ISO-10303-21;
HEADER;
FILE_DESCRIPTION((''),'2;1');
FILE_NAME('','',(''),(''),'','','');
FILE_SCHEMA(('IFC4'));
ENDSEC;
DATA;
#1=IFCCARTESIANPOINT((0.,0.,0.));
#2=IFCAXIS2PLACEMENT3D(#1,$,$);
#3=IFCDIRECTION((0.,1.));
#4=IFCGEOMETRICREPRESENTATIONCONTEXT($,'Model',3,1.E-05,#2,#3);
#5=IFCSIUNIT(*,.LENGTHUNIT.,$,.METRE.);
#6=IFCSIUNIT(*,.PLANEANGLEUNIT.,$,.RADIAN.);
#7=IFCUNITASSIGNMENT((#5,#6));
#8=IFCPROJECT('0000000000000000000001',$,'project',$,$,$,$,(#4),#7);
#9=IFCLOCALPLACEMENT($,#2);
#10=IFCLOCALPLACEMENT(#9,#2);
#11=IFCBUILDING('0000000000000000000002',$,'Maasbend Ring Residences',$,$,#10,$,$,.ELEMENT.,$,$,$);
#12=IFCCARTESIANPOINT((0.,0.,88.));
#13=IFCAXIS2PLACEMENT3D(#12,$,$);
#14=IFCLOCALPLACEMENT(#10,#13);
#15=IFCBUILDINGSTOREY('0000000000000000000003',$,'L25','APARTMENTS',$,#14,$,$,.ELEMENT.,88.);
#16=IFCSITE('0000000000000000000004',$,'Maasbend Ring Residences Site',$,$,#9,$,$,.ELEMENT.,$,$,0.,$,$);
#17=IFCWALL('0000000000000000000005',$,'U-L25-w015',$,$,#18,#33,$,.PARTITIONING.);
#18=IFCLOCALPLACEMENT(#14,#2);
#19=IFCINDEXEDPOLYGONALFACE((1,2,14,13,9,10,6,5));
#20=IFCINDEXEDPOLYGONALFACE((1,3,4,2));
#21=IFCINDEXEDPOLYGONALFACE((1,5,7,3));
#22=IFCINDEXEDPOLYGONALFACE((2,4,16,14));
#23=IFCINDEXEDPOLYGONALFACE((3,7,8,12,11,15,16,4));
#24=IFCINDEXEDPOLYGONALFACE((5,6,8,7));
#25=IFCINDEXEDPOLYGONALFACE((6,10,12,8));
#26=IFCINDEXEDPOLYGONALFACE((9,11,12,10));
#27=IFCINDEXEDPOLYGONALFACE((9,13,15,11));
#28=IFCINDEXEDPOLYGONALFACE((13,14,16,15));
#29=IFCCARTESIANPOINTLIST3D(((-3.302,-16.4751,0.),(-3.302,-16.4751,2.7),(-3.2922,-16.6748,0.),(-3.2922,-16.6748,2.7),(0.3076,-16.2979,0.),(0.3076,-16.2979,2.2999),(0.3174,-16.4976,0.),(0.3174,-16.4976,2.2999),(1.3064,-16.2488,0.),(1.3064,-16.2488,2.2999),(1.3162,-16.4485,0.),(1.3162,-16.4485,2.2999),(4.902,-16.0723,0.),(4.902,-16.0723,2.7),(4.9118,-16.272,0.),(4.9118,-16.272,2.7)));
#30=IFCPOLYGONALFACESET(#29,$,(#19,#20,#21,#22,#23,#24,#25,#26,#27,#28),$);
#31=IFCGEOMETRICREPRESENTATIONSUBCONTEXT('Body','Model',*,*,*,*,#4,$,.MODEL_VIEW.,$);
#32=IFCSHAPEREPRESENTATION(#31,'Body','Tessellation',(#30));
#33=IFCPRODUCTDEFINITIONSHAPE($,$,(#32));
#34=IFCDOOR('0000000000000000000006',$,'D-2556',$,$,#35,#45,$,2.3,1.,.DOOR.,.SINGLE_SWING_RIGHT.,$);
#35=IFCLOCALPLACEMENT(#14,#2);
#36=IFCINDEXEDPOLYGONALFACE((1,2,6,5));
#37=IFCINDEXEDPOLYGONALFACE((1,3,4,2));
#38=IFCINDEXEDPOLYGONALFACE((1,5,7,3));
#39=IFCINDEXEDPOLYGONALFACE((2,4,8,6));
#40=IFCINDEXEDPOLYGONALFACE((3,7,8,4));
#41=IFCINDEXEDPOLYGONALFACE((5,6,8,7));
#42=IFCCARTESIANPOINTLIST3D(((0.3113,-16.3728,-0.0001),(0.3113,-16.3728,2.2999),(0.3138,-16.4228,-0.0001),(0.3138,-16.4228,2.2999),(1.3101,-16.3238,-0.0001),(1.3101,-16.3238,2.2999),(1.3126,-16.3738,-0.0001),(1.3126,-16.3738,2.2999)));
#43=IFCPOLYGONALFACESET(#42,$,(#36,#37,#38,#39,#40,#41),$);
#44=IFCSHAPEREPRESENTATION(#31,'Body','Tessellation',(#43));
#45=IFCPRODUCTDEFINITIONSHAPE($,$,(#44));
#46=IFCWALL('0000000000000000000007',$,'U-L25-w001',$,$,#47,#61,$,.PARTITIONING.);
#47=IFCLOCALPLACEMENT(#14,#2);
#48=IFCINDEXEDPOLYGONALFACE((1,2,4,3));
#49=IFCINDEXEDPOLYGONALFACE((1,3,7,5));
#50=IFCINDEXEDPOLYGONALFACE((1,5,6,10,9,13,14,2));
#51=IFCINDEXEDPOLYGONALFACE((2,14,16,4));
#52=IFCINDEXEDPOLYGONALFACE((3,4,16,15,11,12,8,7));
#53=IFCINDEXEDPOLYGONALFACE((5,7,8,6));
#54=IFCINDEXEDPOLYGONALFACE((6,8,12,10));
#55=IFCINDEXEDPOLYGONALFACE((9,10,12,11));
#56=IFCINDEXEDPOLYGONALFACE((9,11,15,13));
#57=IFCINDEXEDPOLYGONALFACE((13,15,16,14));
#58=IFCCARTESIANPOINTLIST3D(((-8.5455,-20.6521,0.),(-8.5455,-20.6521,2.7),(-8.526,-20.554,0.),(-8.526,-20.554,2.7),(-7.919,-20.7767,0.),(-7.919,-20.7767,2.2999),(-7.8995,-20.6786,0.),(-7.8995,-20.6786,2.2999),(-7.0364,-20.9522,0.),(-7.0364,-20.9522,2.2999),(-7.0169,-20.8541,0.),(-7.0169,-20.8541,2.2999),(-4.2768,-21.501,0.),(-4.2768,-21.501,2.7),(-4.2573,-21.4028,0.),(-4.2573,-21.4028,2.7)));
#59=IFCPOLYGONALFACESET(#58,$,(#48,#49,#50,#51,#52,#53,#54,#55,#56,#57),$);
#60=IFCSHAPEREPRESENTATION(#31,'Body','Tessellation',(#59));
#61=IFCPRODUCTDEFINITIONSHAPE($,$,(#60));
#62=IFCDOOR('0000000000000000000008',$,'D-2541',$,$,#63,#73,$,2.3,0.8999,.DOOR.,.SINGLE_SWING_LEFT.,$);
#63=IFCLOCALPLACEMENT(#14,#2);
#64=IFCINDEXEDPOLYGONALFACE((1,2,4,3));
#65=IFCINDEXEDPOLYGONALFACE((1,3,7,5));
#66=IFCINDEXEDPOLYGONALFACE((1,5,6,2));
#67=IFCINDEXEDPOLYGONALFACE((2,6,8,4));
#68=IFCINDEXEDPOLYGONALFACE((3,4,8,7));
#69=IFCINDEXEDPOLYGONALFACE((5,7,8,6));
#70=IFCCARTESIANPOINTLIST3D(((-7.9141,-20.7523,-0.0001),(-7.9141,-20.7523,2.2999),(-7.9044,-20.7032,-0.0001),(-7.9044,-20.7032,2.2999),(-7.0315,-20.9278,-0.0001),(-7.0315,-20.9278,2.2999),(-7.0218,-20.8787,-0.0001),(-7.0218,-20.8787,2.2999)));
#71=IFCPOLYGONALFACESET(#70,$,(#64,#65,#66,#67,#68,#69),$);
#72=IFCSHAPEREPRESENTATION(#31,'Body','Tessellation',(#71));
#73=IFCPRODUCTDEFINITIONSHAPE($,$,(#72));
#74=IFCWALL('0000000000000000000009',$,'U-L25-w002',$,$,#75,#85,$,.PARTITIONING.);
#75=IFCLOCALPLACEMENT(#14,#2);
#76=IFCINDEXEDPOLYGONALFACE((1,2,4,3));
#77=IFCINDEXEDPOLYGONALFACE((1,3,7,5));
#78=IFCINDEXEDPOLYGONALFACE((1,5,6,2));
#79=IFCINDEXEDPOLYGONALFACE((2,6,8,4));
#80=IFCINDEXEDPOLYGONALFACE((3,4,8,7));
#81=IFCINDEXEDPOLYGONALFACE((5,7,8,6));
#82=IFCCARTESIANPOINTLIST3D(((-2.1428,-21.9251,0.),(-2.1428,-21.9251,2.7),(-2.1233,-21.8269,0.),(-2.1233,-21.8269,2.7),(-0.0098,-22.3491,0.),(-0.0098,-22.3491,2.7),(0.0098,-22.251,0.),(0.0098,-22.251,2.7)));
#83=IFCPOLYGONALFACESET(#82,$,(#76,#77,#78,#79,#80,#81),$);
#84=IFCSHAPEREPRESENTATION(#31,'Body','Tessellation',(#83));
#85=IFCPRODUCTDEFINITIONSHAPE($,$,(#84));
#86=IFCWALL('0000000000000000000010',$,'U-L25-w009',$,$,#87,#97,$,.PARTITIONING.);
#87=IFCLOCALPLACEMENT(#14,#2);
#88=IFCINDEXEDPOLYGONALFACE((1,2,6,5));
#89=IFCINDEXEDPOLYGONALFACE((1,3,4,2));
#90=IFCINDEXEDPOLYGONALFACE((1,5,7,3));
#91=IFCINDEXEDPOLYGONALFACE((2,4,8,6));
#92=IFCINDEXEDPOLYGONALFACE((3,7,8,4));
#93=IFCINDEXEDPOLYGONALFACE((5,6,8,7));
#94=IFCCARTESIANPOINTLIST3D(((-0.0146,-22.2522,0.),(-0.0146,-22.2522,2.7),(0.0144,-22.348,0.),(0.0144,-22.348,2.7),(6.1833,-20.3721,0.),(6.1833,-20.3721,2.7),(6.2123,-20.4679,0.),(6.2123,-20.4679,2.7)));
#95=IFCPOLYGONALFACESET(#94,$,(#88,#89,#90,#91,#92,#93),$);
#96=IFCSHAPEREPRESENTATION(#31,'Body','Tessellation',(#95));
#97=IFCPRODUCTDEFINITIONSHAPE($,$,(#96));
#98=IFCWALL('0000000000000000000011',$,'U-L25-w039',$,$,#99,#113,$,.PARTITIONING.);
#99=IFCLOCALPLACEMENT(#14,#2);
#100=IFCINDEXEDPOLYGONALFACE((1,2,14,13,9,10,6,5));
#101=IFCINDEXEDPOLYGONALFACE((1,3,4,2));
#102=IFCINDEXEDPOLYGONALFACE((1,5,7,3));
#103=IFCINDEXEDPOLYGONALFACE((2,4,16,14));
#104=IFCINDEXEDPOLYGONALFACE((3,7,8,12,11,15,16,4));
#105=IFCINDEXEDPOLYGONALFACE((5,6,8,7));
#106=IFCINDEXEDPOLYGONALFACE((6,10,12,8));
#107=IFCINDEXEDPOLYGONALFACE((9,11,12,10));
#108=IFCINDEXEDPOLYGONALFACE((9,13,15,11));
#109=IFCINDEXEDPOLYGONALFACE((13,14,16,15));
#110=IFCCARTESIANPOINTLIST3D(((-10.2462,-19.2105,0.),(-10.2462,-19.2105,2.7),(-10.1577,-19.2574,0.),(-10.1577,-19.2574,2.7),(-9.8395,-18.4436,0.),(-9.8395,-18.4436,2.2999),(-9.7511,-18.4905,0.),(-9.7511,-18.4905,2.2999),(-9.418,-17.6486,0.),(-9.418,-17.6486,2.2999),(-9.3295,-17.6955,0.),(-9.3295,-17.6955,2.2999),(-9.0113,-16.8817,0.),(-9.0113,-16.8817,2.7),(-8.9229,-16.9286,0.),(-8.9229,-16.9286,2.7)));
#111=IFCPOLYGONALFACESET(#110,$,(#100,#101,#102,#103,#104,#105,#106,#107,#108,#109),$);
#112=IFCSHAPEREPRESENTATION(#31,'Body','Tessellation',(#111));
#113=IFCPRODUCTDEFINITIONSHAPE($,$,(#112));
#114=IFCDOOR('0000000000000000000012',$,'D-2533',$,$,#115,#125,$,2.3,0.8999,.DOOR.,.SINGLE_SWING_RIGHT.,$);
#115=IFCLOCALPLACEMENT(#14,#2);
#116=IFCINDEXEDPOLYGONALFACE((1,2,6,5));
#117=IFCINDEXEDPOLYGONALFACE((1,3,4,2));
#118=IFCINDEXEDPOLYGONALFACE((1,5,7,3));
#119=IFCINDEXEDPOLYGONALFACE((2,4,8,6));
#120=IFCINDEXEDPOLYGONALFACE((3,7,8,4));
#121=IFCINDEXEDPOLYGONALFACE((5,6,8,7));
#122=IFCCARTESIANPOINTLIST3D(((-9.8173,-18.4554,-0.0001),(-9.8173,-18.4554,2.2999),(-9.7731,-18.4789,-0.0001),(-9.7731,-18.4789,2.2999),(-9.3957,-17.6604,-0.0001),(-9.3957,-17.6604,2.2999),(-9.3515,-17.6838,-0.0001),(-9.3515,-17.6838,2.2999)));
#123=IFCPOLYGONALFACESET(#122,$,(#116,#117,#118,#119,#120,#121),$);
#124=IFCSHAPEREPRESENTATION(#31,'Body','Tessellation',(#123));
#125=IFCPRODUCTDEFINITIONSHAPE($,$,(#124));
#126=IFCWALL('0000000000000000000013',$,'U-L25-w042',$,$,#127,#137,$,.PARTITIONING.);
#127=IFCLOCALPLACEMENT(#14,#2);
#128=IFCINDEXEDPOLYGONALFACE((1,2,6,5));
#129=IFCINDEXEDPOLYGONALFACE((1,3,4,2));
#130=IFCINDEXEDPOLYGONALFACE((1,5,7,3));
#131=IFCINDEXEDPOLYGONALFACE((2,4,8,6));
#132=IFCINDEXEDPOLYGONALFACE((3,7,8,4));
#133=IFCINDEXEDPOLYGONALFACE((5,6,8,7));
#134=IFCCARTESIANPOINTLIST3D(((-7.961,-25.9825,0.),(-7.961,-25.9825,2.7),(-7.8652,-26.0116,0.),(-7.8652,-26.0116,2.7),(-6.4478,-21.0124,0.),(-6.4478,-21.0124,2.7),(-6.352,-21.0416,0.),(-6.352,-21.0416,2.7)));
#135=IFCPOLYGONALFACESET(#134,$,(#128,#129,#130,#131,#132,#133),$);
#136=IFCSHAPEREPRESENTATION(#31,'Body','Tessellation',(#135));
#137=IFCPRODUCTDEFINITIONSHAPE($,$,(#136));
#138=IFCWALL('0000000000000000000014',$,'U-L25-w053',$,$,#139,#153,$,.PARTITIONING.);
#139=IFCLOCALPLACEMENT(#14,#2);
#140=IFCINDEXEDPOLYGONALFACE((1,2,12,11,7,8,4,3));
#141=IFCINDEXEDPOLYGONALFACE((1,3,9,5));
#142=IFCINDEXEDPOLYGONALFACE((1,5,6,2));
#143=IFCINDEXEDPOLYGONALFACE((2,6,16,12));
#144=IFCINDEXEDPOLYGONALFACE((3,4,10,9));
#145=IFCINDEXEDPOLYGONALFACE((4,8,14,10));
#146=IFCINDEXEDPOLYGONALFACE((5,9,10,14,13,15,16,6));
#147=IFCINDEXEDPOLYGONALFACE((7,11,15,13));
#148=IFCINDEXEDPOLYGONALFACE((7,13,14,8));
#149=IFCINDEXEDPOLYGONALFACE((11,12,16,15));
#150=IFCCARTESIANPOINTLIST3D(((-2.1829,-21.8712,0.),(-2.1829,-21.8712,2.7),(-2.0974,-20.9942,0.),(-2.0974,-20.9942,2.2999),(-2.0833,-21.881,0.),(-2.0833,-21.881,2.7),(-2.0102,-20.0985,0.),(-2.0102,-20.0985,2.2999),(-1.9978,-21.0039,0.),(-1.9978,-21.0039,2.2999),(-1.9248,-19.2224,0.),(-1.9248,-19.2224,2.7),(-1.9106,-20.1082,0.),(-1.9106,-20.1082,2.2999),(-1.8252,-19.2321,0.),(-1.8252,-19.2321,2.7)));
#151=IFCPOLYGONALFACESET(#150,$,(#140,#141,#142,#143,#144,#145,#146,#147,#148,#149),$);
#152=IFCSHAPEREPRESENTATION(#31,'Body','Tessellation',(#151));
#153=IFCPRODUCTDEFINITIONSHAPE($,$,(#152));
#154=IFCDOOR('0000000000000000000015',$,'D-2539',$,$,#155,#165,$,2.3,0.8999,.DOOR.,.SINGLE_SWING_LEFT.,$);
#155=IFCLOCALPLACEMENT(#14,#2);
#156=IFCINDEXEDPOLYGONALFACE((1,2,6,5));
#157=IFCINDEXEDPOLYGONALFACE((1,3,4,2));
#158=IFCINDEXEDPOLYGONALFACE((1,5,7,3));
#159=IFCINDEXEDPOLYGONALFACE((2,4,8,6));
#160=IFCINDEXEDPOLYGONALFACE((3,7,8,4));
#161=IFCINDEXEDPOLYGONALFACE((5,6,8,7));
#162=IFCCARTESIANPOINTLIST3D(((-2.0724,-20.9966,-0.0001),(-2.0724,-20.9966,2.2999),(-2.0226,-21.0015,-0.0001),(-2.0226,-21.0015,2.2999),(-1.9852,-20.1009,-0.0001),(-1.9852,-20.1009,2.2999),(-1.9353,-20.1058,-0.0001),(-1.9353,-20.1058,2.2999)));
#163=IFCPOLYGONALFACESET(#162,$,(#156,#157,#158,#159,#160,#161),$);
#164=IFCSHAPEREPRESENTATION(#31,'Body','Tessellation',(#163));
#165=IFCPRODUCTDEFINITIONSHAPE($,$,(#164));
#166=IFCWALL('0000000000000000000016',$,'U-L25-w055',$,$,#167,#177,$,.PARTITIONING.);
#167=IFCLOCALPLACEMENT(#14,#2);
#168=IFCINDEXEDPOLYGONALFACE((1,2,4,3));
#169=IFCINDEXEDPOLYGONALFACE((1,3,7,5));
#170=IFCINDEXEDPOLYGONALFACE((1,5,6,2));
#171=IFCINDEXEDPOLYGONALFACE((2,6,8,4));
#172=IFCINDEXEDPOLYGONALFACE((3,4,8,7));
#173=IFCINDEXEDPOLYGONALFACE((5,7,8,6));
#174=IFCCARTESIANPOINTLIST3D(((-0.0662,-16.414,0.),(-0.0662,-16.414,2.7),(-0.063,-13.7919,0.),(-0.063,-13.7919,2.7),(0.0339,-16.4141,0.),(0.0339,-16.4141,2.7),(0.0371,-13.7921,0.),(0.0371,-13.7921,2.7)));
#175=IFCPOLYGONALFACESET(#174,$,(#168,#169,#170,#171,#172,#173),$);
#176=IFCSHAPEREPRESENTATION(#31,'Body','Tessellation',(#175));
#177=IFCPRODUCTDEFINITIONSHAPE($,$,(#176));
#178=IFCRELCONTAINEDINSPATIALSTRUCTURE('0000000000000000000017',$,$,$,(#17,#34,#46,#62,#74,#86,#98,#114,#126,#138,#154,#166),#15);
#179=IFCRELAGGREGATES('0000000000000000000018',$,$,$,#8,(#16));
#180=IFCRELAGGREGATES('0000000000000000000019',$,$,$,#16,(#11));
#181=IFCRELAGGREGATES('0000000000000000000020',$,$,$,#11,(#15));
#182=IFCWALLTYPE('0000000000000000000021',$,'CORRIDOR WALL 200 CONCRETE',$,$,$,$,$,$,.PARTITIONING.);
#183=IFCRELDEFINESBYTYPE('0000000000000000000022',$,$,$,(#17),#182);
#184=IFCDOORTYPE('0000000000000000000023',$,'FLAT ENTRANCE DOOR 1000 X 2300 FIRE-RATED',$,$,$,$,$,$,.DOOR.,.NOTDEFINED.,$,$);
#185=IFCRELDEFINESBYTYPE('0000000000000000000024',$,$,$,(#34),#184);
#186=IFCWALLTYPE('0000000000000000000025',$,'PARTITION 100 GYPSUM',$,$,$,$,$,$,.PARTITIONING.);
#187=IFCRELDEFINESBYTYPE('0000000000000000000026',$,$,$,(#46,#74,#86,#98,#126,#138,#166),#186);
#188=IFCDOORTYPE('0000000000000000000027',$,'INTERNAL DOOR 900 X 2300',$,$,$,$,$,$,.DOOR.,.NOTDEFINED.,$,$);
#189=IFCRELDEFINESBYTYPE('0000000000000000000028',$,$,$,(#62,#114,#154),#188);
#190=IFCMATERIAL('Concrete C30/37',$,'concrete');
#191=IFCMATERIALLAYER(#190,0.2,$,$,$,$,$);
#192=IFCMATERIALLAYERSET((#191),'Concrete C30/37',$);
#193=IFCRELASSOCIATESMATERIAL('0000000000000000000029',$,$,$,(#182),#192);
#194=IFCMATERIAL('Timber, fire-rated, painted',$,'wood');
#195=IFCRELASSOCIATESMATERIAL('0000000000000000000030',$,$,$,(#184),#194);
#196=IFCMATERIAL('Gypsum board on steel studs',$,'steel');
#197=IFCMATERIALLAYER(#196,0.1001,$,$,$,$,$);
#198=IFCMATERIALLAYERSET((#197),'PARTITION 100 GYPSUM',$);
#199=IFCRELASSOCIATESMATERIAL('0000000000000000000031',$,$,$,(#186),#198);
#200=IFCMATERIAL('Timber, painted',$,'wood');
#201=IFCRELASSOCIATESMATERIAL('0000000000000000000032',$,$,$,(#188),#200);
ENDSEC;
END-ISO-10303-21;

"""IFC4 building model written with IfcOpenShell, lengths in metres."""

from ifc_helpers import new_model, si_unit, direction, frame, frame_2d, origin, place, context, subcontext, project, spatial, rectangle, extrude, material, layer, layer_set, type_object, element, fill, save


model = new_model("IFC4")

# Units and contexts
model_context = context("Model", 3, precision=1e-05, world=origin(), true_north=direction((0.0, 1.0)))
body_context = subcontext(model_context, "Body", "Model", "MODEL_VIEW")
ifc_project = project(units=[si_unit("LENGTHUNIT", "METRE"), si_unit("PLANEANGLEUNIT", "RADIAN")], contexts=[model_context])

# Site, building, storey
site_placement = place(None, origin())
site = spatial("IfcSite", under=ifc_project, at=site_placement, Name="Maasbend Ring Residences Site", CompositionType="ELEMENT", RefElevation=0.0)
building_placement = place(site_placement, origin())
building = spatial("IfcBuilding", under=site, at=building_placement, Name="Maasbend Ring Residences", CompositionType="ELEMENT")
storey_placement = place(building_placement, frame((0.0, 0.0, 88.0)))
storey = spatial("IfcBuildingStorey", under=building, at=storey_placement, Name="L25", Description="APARTMENTS", CompositionType="ELEMENT", Elevation=88.0)

# Walls, openings, doors
ifc_material_1 = material(Name="Concrete C30/37", Category="concrete")
ifc_layer_1 = layer(ifc_material_1, 0.2)
ifc_layer_set_1 = layer_set([ifc_layer_1], Name="Concrete C30/37")
wall_type_1 = type_object("IfcWallType", Name="CORRIDOR WALL 200 CONCRETE", PredefinedType="PARTITIONING", material=ifc_layer_set_1)
ifc_material_2 = material(Name="Timber, fire-rated, painted", Category="wood")
door_type_1 = type_object("IfcDoorType", Name="FLAT ENTRANCE DOOR 1000 X 2300 FIRE-RATED", OperationType="NOTDEFINED", PredefinedType="DOOR", material=ifc_material_2)
wall_1_placement = place(storey_placement, frame((-3.2971, -16.575, 0.0), z_axis=(0.0, 0.0, 1.0), x_axis=(0.998797, 0.049042, 0.0)))
wall_1 = element("IfcWall", 1, at=wall_1_placement, inside=storey, type_object=wall_type_1, Name="U-L25-w015", PredefinedType="PARTITIONING", context=body_context, shape_type="SweptSolid", body=[
    extrude(rectangle(XDim=8.2139, YDim=0.2, at=frame_2d((4.1069, 0.0))), origin(), (0.0, 0.0, 1.0), 2.7),
])
opening_1_placement = place(wall_1_placement, frame((3.614, 0.0, 0.0)))
opening_1 = element("IfcOpeningElement", 2, at=opening_1_placement, cuts=wall_1, PredefinedType="OPENING", context=body_context, shape_type="SweptSolid", body=[
    extrude(rectangle(XDim=1.0, YDim=2.3, at=frame_2d((0.5, 1.1499))), frame((0.0, 0.1099, 0.0), z_axis=(0.0, -1.0, 0.0), x_axis=(1.0, 0.0, 0.0)), (0.0, 0.0, 1.0), 0.22),
])
door_1_placement = place(opening_1_placement, origin())
door_1 = element("IfcDoor", 3, at=door_1_placement, inside=storey, type_object=door_type_1, Name="D-2556", OperationType="SINGLE_SWING_RIGHT", OverallHeight=2.3, OverallWidth=1.0, PredefinedType="DOOR", context=body_context, shape_type="SweptSolid", body=[
    extrude(rectangle(XDim=1.0, YDim=2.3, at=frame_2d((0.5, 1.1499))), frame((0.0, 0.0249, 0.0), z_axis=(0.0, -1.0, 0.0), x_axis=(1.0, 0.0, 0.0)), (0.0, 0.0, 1.0), 0.05),
])
fill(opening_1, door_1)
ifc_material_3 = material(Name="Gypsum board on steel studs", Category="steel")
ifc_layer_2 = layer(ifc_material_3, 0.1001)
ifc_layer_set_2 = layer_set([ifc_layer_2], Name="PARTITION 100 GYPSUM")
wall_type_2 = type_object("IfcWallType", Name="PARTITION 100 GYPSUM", PredefinedType="PARTITIONING", material=ifc_layer_set_2)
wall_2_placement = place(storey_placement, frame((-8.5359, -20.603, 0.0), z_axis=(0.0, 0.0, 1.0), x_axis=(0.980796, -0.195037, 0.0)))
wall_2 = element("IfcWall", 4, at=wall_2_placement, inside=storey, type_object=wall_type_2, Name="U-L25-w001", PredefinedType="PARTITIONING", context=body_context, shape_type="SweptSolid", body=[
    extrude(rectangle(XDim=4.3523, YDim=0.1001, at=frame_2d((2.1763, 0.0))), origin(), (0.0, 0.0, 1.0), 2.7),
])
opening_2_placement = place(wall_2_placement, frame((0.6389, 0.0, 0.0)))
opening_2 = element("IfcOpeningElement", 5, at=opening_2_placement, cuts=wall_2, PredefinedType="OPENING", context=body_context, shape_type="SweptSolid", body=[
    extrude(rectangle(XDim=0.8999, YDim=2.3, at=frame_2d((0.45, 1.1499))), frame((0.0, 0.0601, 0.0), z_axis=(0.0, -1.0, 0.0), x_axis=(1.0, 0.0, 0.0)), (0.0, 0.0, 1.0), 0.1201),
])
ifc_material_4 = material(Name="Timber, painted", Category="wood")
door_type_2 = type_object("IfcDoorType", Name="INTERNAL DOOR 900 X 2300", OperationType="NOTDEFINED", PredefinedType="DOOR", material=ifc_material_4)
door_2_placement = place(opening_2_placement, origin())
door_2 = element("IfcDoor", 6, at=door_2_placement, inside=storey, type_object=door_type_2, Name="D-2541", OperationType="SINGLE_SWING_LEFT", OverallHeight=2.3, OverallWidth=0.8999, PredefinedType="DOOR", context=body_context, shape_type="SweptSolid", body=[
    extrude(rectangle(XDim=0.8999, YDim=2.3, at=frame_2d((0.45, 1.1499))), frame((0.0, 0.0249, 0.0), z_axis=(0.0, -1.0, 0.0), x_axis=(1.0, 0.0, 0.0)), (0.0, 0.0, 1.0), 0.05),
])
fill(opening_2, door_2)

# Walls
wall_3_placement = place(storey_placement, frame((-2.1331, -21.876, 0.0), z_axis=(0.0, 0.0, 1.0), x_axis=(0.980805, -0.194993, 0.0)))
element("IfcWall", 7, at=wall_3_placement, inside=storey, type_object=wall_type_2, Name="U-L25-w002", PredefinedType="PARTITIONING", context=body_context, shape_type="SweptSolid", body=[
    extrude(rectangle(XDim=2.1748, YDim=0.1001, at=frame_2d((1.0874, 0.0))), origin(), (0.0, 0.0, 1.0), 2.7),
])
wall_4_placement = place(storey_placement, frame((0.0, -22.3, 0.0), z_axis=(0.0, 0.0, 1.0), x_axis=(0.956941, 0.290283, 0.0)))
element("IfcWall", 8, at=wall_4_placement, inside=storey, type_object=wall_type_2, Name="U-L25-w009", PredefinedType="PARTITIONING", context=body_context, shape_type="SweptSolid", body=[
    extrude(rectangle(XDim=6.4768, YDim=0.1001, at=frame_2d((3.2383, 0.0))), origin(), (0.0, 0.0, 1.0), 2.7),
])

# Wall, opening, door
wall_5_placement = place(storey_placement, frame((-10.2019, -19.2339, 0.0), z_axis=(0.0, 0.0, 1.0), x_axis=(0.468462, 0.883484, 0.0)))
wall_5 = element("IfcWall", 9, at=wall_5_placement, inside=storey, type_object=wall_type_2, Name="U-L25-w039", PredefinedType="PARTITIONING", context=body_context, shape_type="SweptSolid", body=[
    extrude(rectangle(XDim=2.636, YDim=0.1001, at=frame_2d((1.3179, 0.0))), origin(), (0.0, 0.0, 1.0), 2.7),
])
opening_3_placement = place(wall_5_placement, frame((0.8679, 0.0, 0.0)))
opening_3 = element("IfcOpeningElement", 10, at=opening_3_placement, cuts=wall_5, PredefinedType="OPENING", context=body_context, shape_type="SweptSolid", body=[
    extrude(rectangle(XDim=0.8999, YDim=2.3, at=frame_2d((0.45, 1.1499))), frame((0.0, 0.0601, 0.0), z_axis=(0.0, -1.0, 0.0), x_axis=(1.0, 0.0, 0.0)), (0.0, 0.0, 1.0), 0.1201),
])
door_3_placement = place(opening_3_placement, origin())
door_3 = element("IfcDoor", 11, at=door_3_placement, inside=storey, type_object=door_type_2, Name="D-2533", OperationType="SINGLE_SWING_RIGHT", OverallHeight=2.3, OverallWidth=0.8999, PredefinedType="DOOR", context=body_context, shape_type="SweptSolid", body=[
    extrude(rectangle(XDim=0.8999, YDim=2.3, at=frame_2d((0.45, 1.1499))), frame((0.0, 0.0249, 0.0), z_axis=(0.0, -1.0, 0.0), x_axis=(1.0, 0.0, 0.0)), (0.0, 0.0, 1.0), 0.05),
])
fill(opening_3, door_3)

# Wall
wall_6_placement = place(storey_placement, frame((-7.9131, -25.9971, 0.0), z_axis=(0.0, 0.0, 1.0), x_axis=(0.291264, 0.956643, 0.0)))
element("IfcWall", 12, at=wall_6_placement, inside=storey, type_object=wall_type_2, Name="U-L25-w042", PredefinedType="PARTITIONING", context=body_context, shape_type="SweptSolid", body=[
    extrude(rectangle(XDim=5.1953, YDim=0.1001, at=frame_2d((2.5977, 0.0))), origin(), (0.0, 0.0, 1.0), 2.7),
])

# Wall, opening, door
wall_7_placement = place(storey_placement, frame((-2.1331, -21.876, 0.0), z_axis=(0.0, 0.0, 1.0), x_axis=(0.09696, 0.995288, 0.0)))
wall_7 = element("IfcWall", 13, at=wall_7_placement, inside=storey, type_object=wall_type_2, Name="U-L25-w053", PredefinedType="PARTITIONING", context=body_context, shape_type="SweptSolid", body=[
    extrude(rectangle(XDim=2.6614, YDim=0.1001, at=frame_2d((1.3306, 0.0))), origin(), (0.0, 0.0, 1.0), 2.7),
])
opening_4_placement = place(wall_7_placement, frame((0.8811, 0.0, 0.0)))
opening_4 = element("IfcOpeningElement", 14, at=opening_4_placement, cuts=wall_7, PredefinedType="OPENING", context=body_context, shape_type="SweptSolid", body=[
    extrude(rectangle(XDim=0.8999, YDim=2.3, at=frame_2d((0.45, 1.1499))), frame((0.0, 0.0601, 0.0), z_axis=(0.0, -1.0, 0.0), x_axis=(1.0, 0.0, 0.0)), (0.0, 0.0, 1.0), 0.1201),
])
door_4_placement = place(opening_4_placement, origin())
door_4 = element("IfcDoor", 15, at=door_4_placement, inside=storey, type_object=door_type_2, Name="D-2539", OperationType="SINGLE_SWING_LEFT", OverallHeight=2.3, OverallWidth=0.8999, PredefinedType="DOOR", context=body_context, shape_type="SweptSolid", body=[
    extrude(rectangle(XDim=0.8999, YDim=2.3, at=frame_2d((0.45, 1.1499))), frame((0.0, 0.0249, 0.0), z_axis=(0.0, -1.0, 0.0), x_axis=(1.0, 0.0, 0.0)), (0.0, 0.0, 1.0), 0.05),
])
fill(opening_4, door_4)

# Wall
wall_8_placement = place(storey_placement, frame((-0.0161, -16.4141, 0.0), z_axis=(0.0, 0.0, 1.0), x_axis=(0.00121, 0.999999, 0.0)))
element("IfcWall", 16, at=wall_8_placement, inside=storey, type_object=wall_type_2, Name="U-L25-w055", PredefinedType="PARTITIONING", context=body_context, shape_type="SweptSolid", body=[
    extrude(rectangle(XDim=2.6221, YDim=0.1001, at=frame_2d((1.311, 0.0))), origin(), (0.0, 0.0, 1.0), 2.7),
])

save(model, "model.ifc")
